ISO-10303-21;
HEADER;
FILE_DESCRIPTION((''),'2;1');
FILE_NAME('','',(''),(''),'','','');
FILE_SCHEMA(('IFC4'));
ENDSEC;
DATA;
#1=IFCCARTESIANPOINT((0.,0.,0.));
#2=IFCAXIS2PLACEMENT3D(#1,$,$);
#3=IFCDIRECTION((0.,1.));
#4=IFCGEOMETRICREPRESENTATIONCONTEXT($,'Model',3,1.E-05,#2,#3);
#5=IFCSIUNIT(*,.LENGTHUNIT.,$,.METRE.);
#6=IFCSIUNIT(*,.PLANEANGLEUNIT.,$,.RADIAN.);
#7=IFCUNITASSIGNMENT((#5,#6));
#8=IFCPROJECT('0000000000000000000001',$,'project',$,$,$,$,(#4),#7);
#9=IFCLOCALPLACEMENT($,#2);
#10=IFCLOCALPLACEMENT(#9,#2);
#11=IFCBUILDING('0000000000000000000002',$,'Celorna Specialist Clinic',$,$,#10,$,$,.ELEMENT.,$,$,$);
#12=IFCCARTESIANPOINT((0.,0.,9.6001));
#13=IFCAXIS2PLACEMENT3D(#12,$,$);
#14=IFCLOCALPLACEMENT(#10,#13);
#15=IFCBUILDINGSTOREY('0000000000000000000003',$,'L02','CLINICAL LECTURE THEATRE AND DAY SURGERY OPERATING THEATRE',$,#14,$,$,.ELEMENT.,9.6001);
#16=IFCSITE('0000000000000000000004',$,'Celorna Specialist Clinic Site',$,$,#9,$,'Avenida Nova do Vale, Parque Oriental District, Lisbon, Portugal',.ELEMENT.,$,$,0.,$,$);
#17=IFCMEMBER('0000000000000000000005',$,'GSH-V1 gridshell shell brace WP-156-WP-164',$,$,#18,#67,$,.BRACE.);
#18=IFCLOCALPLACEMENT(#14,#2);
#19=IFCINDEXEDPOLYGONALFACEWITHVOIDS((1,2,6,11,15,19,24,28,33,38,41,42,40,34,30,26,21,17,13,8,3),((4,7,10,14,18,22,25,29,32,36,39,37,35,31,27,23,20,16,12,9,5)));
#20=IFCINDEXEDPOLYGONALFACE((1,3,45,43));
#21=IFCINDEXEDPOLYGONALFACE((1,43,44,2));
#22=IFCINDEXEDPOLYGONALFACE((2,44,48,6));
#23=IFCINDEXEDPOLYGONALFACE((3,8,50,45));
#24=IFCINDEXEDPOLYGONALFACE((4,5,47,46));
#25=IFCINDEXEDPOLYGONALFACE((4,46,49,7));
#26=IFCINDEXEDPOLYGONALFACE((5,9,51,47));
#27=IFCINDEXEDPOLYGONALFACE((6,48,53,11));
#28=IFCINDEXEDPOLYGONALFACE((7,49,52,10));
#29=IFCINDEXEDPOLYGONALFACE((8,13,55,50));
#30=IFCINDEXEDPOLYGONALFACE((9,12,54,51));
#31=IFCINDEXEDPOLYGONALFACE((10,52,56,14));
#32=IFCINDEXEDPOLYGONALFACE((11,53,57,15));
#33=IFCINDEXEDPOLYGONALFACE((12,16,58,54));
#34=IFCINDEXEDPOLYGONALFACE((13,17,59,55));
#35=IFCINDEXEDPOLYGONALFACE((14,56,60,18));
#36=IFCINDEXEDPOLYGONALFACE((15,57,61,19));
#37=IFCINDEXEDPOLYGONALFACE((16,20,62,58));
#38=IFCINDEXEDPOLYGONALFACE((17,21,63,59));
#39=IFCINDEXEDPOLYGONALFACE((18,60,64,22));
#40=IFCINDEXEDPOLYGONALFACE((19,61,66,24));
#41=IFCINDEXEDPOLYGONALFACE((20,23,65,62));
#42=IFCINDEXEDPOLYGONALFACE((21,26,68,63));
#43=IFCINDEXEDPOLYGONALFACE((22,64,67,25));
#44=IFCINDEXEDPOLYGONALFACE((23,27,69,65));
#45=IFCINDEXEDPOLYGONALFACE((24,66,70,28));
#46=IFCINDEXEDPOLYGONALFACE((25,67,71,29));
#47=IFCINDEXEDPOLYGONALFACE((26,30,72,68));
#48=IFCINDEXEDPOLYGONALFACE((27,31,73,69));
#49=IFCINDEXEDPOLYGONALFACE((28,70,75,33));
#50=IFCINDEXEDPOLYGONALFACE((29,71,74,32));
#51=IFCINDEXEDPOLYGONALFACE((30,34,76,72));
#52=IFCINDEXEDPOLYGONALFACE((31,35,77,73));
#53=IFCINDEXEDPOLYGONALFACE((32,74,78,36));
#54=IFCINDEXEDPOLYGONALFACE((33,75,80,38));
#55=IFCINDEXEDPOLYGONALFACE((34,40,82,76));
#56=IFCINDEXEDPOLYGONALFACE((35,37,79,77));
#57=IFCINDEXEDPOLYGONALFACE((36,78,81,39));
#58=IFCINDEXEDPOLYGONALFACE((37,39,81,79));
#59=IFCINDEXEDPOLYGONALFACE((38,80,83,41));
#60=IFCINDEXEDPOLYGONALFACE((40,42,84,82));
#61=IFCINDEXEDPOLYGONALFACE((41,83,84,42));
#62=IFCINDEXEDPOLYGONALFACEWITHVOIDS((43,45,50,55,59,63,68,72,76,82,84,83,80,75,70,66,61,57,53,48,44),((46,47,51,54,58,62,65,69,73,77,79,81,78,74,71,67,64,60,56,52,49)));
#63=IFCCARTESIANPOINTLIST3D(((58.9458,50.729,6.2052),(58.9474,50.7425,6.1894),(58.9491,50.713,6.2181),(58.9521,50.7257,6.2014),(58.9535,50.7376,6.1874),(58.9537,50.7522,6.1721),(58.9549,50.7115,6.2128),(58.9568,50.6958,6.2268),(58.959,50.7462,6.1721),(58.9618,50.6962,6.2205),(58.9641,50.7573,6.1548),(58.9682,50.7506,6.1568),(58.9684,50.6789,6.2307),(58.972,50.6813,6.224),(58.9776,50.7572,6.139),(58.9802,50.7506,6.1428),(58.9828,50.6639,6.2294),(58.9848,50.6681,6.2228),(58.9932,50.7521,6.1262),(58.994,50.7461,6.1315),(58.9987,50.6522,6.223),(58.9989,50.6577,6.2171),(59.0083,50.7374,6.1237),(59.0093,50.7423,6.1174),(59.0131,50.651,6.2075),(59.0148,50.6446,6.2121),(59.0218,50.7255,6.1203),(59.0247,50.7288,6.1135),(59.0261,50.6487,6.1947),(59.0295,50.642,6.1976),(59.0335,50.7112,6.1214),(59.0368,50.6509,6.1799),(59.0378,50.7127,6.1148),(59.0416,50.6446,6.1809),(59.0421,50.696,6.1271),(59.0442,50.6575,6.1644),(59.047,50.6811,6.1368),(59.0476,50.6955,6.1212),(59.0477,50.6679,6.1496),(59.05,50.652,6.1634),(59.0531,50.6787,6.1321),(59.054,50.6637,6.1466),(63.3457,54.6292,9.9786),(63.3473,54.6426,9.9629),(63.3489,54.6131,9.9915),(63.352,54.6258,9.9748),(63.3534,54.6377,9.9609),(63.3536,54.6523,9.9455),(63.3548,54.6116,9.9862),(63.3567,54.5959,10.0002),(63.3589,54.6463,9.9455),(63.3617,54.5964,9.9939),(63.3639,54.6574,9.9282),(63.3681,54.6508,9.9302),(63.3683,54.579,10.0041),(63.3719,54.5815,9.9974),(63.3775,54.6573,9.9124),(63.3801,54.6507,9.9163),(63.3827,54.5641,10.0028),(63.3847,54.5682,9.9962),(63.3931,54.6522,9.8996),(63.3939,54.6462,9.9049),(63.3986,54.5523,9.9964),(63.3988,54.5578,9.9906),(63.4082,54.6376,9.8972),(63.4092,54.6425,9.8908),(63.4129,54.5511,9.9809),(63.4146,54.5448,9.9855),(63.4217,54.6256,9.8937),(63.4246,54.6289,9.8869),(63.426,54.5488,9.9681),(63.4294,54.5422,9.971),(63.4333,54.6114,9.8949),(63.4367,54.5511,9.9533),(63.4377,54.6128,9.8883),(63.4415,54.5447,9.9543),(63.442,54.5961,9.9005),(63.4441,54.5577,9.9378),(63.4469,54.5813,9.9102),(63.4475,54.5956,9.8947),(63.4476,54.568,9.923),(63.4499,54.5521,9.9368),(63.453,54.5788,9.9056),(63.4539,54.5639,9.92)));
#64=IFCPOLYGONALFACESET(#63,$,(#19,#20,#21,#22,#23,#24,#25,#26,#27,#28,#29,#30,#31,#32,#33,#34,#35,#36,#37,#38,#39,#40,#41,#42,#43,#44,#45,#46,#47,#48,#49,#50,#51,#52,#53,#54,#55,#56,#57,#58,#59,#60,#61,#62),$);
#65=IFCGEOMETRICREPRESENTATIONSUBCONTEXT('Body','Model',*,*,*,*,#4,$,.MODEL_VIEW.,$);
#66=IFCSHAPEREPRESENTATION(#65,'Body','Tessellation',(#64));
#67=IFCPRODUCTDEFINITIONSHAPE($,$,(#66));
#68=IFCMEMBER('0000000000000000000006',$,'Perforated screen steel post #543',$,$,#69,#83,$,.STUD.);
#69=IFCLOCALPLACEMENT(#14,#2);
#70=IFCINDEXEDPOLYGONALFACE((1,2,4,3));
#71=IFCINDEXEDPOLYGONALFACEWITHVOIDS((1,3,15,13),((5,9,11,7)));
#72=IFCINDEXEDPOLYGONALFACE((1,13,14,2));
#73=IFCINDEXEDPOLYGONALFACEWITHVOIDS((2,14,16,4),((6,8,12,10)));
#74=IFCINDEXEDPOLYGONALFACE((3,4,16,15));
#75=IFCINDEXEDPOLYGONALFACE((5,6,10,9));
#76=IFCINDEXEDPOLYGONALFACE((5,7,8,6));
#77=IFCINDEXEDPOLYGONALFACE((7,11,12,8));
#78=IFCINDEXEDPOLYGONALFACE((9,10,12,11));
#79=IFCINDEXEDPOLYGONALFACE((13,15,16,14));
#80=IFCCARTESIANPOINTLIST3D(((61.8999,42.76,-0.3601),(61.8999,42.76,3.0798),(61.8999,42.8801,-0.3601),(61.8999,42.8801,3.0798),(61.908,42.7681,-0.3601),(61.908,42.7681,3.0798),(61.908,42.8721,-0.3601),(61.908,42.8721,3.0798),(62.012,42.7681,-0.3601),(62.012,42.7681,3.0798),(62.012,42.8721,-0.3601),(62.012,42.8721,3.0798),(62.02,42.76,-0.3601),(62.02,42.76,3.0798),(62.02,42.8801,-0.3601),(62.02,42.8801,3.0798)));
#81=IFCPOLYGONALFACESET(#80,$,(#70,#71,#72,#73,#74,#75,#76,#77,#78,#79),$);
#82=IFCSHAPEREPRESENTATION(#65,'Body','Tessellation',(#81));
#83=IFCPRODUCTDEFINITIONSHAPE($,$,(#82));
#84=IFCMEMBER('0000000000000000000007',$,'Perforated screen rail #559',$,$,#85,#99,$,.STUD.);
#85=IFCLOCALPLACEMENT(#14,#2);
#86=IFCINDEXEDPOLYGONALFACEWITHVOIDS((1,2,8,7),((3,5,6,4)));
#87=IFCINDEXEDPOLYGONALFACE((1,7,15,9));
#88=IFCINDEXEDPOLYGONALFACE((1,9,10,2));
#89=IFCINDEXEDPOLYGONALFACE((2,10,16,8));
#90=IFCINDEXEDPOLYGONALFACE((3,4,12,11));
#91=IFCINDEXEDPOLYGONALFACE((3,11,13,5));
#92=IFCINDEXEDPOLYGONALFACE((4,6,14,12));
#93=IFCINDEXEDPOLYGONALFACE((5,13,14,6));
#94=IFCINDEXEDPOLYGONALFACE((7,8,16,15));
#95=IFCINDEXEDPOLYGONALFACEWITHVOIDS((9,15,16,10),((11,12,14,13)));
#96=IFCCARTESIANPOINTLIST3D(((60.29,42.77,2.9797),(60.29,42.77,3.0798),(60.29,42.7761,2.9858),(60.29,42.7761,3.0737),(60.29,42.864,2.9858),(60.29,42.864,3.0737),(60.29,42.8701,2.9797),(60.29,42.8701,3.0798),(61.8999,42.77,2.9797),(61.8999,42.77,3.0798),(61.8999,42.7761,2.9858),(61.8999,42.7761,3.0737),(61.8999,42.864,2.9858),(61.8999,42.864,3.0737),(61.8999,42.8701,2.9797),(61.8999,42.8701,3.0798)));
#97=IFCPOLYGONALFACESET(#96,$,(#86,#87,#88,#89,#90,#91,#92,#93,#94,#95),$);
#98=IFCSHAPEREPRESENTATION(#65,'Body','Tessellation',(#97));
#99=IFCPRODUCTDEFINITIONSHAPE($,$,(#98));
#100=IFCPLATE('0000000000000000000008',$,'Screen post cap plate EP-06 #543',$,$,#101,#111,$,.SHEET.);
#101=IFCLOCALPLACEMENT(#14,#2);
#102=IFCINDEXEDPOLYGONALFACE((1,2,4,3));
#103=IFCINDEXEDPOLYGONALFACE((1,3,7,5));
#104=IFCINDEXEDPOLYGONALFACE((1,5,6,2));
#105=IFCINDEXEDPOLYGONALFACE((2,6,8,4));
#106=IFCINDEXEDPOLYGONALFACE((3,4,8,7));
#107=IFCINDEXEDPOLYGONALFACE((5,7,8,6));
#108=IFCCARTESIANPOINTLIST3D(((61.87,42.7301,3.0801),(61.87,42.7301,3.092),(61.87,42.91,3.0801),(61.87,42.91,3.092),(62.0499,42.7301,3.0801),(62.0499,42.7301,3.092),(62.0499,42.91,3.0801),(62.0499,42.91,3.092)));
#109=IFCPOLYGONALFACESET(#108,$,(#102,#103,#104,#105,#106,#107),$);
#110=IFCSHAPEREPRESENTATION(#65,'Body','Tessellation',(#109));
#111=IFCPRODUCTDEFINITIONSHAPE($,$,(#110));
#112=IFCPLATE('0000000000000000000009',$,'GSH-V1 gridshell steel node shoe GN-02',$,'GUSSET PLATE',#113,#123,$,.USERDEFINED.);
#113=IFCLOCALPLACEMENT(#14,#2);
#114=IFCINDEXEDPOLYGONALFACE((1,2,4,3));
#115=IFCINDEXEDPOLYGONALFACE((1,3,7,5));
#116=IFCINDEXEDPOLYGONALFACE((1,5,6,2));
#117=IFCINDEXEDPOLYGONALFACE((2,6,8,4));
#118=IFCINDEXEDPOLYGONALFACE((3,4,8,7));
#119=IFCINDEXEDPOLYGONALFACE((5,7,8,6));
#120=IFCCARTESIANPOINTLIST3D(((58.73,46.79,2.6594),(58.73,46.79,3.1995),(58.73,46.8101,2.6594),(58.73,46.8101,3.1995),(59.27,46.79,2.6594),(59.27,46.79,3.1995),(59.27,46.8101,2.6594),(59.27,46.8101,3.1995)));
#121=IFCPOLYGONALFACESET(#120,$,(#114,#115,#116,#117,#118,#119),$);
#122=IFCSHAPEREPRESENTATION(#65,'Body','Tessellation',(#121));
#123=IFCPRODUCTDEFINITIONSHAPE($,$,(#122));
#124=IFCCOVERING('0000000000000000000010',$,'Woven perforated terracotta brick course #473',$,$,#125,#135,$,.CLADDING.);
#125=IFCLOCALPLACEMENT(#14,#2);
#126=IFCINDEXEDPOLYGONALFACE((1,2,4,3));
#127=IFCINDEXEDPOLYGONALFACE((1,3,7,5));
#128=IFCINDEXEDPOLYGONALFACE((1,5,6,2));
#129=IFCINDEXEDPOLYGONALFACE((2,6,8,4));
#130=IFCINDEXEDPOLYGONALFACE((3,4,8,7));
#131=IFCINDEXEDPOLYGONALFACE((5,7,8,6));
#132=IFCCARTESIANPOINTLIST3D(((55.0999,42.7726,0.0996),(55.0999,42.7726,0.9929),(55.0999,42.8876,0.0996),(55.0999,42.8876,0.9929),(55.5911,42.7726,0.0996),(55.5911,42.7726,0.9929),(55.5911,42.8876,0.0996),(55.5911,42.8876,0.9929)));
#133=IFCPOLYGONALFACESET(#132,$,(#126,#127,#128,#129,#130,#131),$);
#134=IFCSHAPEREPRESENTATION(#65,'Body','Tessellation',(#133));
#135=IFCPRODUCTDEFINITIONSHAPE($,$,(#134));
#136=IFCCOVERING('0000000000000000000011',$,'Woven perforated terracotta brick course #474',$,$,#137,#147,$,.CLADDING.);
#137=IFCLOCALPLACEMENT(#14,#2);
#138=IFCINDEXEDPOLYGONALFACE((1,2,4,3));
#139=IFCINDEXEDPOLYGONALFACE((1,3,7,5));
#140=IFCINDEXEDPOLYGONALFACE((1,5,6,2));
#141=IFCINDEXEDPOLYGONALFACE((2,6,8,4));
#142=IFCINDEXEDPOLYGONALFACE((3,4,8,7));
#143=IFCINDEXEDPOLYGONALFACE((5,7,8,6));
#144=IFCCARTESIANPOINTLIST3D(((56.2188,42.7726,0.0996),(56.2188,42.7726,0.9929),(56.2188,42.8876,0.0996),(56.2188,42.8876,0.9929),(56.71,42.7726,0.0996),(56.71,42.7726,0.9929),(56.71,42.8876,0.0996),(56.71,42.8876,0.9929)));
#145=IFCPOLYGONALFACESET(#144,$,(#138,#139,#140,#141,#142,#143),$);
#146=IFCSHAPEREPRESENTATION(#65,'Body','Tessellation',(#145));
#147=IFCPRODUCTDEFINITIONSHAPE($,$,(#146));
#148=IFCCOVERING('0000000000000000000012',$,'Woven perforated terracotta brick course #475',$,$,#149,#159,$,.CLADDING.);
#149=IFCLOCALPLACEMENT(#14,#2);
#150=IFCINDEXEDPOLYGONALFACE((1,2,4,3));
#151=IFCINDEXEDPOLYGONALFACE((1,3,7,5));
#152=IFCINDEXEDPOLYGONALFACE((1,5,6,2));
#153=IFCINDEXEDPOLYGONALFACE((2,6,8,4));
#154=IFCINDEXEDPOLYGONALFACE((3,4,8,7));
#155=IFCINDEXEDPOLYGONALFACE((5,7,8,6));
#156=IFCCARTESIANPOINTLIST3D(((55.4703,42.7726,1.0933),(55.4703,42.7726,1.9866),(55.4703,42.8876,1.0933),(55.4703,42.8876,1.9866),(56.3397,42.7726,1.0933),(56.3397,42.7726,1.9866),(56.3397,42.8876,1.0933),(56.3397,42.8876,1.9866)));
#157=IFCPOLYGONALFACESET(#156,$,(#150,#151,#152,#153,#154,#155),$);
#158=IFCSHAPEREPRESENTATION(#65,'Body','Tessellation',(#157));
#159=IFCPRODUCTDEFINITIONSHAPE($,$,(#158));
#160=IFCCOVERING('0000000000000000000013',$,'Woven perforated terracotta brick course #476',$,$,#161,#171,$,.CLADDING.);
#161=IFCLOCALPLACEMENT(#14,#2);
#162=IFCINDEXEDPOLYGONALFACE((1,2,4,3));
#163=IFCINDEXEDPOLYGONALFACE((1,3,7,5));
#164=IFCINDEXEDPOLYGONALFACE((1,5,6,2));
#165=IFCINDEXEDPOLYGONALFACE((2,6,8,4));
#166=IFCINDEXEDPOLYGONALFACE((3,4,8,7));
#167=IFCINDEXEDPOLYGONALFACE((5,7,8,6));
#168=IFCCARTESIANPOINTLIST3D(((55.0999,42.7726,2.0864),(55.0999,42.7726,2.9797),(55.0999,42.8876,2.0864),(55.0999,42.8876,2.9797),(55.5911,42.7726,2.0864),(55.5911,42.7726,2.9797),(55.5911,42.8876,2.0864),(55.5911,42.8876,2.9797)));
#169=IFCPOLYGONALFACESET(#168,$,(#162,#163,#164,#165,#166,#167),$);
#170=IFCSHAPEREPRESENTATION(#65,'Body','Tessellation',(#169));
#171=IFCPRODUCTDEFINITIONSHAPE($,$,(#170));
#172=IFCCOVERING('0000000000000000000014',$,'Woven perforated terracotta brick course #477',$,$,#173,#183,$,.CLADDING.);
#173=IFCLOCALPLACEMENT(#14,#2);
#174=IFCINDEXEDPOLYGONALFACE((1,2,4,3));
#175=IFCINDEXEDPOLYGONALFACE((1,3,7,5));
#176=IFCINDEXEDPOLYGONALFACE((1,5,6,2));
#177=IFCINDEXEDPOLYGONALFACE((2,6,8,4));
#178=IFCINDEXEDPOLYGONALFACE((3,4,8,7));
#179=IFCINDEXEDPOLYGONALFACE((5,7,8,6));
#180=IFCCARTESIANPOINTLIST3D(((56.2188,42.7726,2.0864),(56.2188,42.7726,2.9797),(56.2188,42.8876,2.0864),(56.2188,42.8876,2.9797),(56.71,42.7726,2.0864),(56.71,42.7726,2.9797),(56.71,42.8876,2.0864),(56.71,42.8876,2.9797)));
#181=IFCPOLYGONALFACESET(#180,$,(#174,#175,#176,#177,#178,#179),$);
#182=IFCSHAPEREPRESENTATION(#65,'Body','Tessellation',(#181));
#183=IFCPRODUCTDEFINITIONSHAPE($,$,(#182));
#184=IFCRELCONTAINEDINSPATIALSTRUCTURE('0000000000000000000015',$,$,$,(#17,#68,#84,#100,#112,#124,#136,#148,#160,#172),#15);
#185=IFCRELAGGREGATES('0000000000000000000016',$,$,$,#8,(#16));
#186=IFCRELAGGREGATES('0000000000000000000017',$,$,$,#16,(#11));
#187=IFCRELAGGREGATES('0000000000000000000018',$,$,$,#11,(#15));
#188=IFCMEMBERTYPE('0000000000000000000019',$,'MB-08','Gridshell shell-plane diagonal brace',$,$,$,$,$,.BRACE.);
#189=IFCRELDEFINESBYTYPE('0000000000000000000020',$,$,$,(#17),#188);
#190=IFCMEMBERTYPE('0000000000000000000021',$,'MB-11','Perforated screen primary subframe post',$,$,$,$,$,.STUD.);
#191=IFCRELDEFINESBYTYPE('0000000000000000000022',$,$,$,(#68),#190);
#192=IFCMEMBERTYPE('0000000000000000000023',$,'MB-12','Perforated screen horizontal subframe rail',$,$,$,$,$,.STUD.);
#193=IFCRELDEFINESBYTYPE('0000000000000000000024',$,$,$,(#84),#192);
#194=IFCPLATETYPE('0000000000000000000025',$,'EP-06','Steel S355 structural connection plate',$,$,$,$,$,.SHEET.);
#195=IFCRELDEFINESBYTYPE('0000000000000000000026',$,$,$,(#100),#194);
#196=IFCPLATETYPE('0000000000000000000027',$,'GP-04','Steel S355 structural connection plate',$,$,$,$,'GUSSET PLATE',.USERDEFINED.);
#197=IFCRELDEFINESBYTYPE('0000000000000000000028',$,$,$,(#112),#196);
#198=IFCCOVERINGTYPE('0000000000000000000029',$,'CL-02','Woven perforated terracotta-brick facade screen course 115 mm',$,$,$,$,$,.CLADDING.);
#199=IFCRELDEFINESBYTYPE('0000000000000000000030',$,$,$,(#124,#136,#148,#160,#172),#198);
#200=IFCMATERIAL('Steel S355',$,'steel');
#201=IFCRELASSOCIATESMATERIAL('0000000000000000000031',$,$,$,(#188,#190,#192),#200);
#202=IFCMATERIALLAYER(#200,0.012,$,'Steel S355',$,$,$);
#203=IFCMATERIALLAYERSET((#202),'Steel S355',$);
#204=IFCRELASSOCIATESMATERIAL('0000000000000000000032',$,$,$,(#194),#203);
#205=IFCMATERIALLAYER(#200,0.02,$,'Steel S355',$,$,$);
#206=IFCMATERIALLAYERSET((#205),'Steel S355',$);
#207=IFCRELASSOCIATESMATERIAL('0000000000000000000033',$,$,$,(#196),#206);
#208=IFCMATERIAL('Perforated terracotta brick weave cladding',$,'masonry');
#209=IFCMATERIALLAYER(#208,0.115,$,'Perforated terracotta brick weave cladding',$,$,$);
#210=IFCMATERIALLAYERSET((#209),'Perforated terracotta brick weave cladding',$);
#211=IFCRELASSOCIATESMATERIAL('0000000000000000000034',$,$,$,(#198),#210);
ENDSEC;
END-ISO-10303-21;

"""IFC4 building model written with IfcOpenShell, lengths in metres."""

from ifc_helpers import new_model, si_unit, direction, frame, origin, origin_2d, place, context, subcontext, project, spatial, rectangle, hollow_rectangle, hollow_circle, extrude, material, layer, layer_set, material_profile, profile_set, type_object, element, save


model = new_model("IFC4")

# Units and contexts
model_context = context("Model", 3, precision=1e-05, world=origin(), true_north=direction((0.0, 1.0)))
body_context = subcontext(model_context, "Body", "Model", "MODEL_VIEW")
ifc_project = project(units=[si_unit("LENGTHUNIT", "METRE"), si_unit("PLANEANGLEUNIT", "RADIAN")], contexts=[model_context])

# Site, building, storey
site_placement = place(None, origin())
site = spatial("IfcSite", under=ifc_project, at=site_placement, Name="Celorna Specialist Clinic Site", LongName="Avenida Nova do Vale, Parque Oriental District, Lisbon, Portugal", CompositionType="ELEMENT", RefElevation=0.0)
building_placement = place(site_placement, origin())
building = spatial("IfcBuilding", under=site, at=building_placement, Name="Celorna Specialist Clinic", CompositionType="ELEMENT")
storey_placement = place(building_placement, frame((0.0, 0.0, 9.6001)))
storey = spatial("IfcBuildingStorey", under=building, at=storey_placement, Name="L02", Description="CLINICAL LECTURE THEATRE AND DAY SURGERY OPERATING THEATRE", CompositionType="ELEMENT", Elevation=9.6001)

# Shared definitions
ifc_material_1 = material(Name="Steel S355", Category="steel")

# Members
ifc_material_profile_1 = material_profile(ifc_material_1, hollow_circle(Radius=0.0698, WallThickness=0.0081, at=origin_2d()), Name="CHS 139.7x8")
ifc_profile_set_1 = profile_set([ifc_material_profile_1], Name="Steel S355")
member_type_1 = type_object("IfcMemberType", Name="MB-08", Description="Gridshell shell-plane diagonal brace", PredefinedType="BRACE", material=ifc_profile_set_1)
member_1_placement = place(storey_placement, frame((59.0, 50.7, 6.1721), z_axis=(0.629785, 0.558252, 0.540116), x_axis=(-0.66333, 0.748327, 0.0)))
element("IfcMember", 1, at=member_1_placement, inside=storey, type_object=member_type_1, Name="GSH-V1 gridshell shell brace WP-156-WP-164", PredefinedType="BRACE", context=body_context, shape_type="SweptSolid", body=[
    extrude(hollow_circle(Radius=0.0698, WallThickness=0.0081, at=origin_2d()), origin(), (0.0, 0.0, 1.0), 6.9863),
])
ifc_material_profile_2 = material_profile(ifc_material_1, hollow_rectangle(XDim=0.1201, YDim=0.1201, WallThickness=0.0081, at=origin_2d()), Name="SHS 120x120x8")
ifc_profile_set_2 = profile_set([ifc_material_profile_2], Name="Steel S355")
member_type_2 = type_object("IfcMemberType", Name="MB-11", Description="Perforated screen primary subframe post", PredefinedType="STUD", material=ifc_profile_set_2)
member_2_placement = place(storey_placement, frame((61.96, 42.8201, -0.3601), z_axis=(0.0, 0.0, 1.0), x_axis=(1.0, 0.0, 0.0)))
element("IfcMember", 2, at=member_2_placement, inside=storey, type_object=member_type_2, Name="Perforated screen steel post #543", PredefinedType="STUD", context=body_context, shape_type="SweptSolid", body=[
    extrude(hollow_rectangle(XDim=0.1201, YDim=0.1201, WallThickness=0.0081, at=origin_2d()), origin(), (0.0, 0.0, 1.0), 3.4399),
])
ifc_material_profile_3 = material_profile(ifc_material_1, hollow_rectangle(XDim=0.1001, YDim=0.1001, WallThickness=0.0061, at=origin_2d()), Name="SHS 100x100x6")
ifc_profile_set_3 = profile_set([ifc_material_profile_3], Name="Steel S355")
member_type_3 = type_object("IfcMemberType", Name="MB-12", Description="Perforated screen horizontal subframe rail", PredefinedType="STUD", material=ifc_profile_set_3)
member_3_placement = place(storey_placement, frame((60.29, 42.8201, 3.0298), z_axis=(1.0, 0.0, 0.0), x_axis=(0.0, 1.0, 0.0)))
element("IfcMember", 3, at=member_3_placement, inside=storey, type_object=member_type_3, Name="Perforated screen rail #559", PredefinedType="STUD", context=body_context, shape_type="SweptSolid", body=[
    extrude(hollow_rectangle(XDim=0.1001, YDim=0.1001, WallThickness=0.0061, at=origin_2d()), origin(), (0.0, 0.0, 1.0), 1.6099),
])

# Plates
ifc_layer_1 = layer(ifc_material_1, 0.012, Name="Steel S355")
ifc_layer_set_1 = layer_set([ifc_layer_1], Name="Steel S355")
plate_type_1 = type_object("IfcPlateType", Name="EP-06", Description="Steel S355 structural connection plate", PredefinedType="SHEET", material=ifc_layer_set_1)
plate_1_placement = place(storey_placement, frame((61.96, 42.8201, 3.0801), z_axis=(0.0, 0.0, 1.0), x_axis=(1.0, 0.0, 0.0)))
element("IfcPlate", 4, at=plate_1_placement, inside=storey, type_object=plate_type_1, Name="Screen post cap plate EP-06 #543", PredefinedType="SHEET", context=body_context, shape_type="SweptSolid", body=[
    extrude(rectangle(XDim=0.1799, YDim=0.1799, at=origin_2d()), origin(), (0.0, 0.0, 1.0), 0.012),
])
ifc_layer_2 = layer(ifc_material_1, 0.02, Name="Steel S355")
ifc_layer_set_2 = layer_set([ifc_layer_2], Name="Steel S355")
plate_type_2 = type_object("IfcPlateType", Name="GP-04", Description="Steel S355 structural connection plate", ElementType="GUSSET PLATE", PredefinedType="USERDEFINED", material=ifc_layer_set_2)
plate_2_placement = place(storey_placement, frame((59.0, 46.8, 2.6594), z_axis=(0.0, 0.0, 1.0), x_axis=(1.0, 0.0, 0.0)))
element("IfcPlate", 5, at=plate_2_placement, inside=storey, type_object=plate_type_2, Name="GSH-V1 gridshell steel node shoe GN-02", ObjectType="GUSSET PLATE", PredefinedType="USERDEFINED", context=body_context, shape_type="SweptSolid", body=[
    extrude(rectangle(XDim=0.54, YDim=0.02, at=origin_2d()), origin(), (0.0, 0.0, 1.0), 0.54),
])

# Coverings
ifc_material_2 = material(Name="Perforated terracotta brick weave cladding", Category="masonry")
ifc_layer_3 = layer(ifc_material_2, 0.115, Name="Perforated terracotta brick weave cladding")
ifc_layer_set_3 = layer_set([ifc_layer_3], Name="Perforated terracotta brick weave cladding")
covering_type = type_object("IfcCoveringType", Name="CL-02", Description="Woven perforated terracotta-brick facade screen course 115 mm", PredefinedType="CLADDING", material=ifc_layer_set_3)
for number, where, z_axis, x_axis, name in (
    (6, (55.3455, 42.8301, 0.0996), (0.0, 0.0, 1.0), (1.0, 0.0, 0.0), "Woven perforated terracotta brick course #473"),
    (7, (56.4644, 42.8301, 0.0996), (0.0, 0.0, 1.0), (1.0, 0.0, 0.0), "Woven perforated terracotta brick course #474"),
):
    element("IfcCovering", number, at=place(storey_placement, frame(where, z_axis=z_axis, x_axis=x_axis)), inside=storey, type_object=covering_type, Name=name, PredefinedType="CLADDING", context=body_context, shape_type="SweptSolid", body=[
        extrude(rectangle(XDim=0.4912, YDim=0.115, at=origin_2d()), origin(), (0.0, 0.0, 1.0), 0.8933),
    ])
covering_1_placement = place(storey_placement, frame((55.905, 42.8301, 1.0933), z_axis=(0.0, 0.0, 1.0), x_axis=(1.0, 0.0, 0.0)))
element("IfcCovering", 8, at=covering_1_placement, inside=storey, type_object=covering_type, Name="Woven perforated terracotta brick course #475", PredefinedType="CLADDING", context=body_context, shape_type="SweptSolid", body=[
    extrude(rectangle(XDim=0.8694, YDim=0.115, at=origin_2d()), origin(), (0.0, 0.0, 1.0), 0.8933),
])
for number, where, z_axis, x_axis, name in (
    (9, (55.3455, 42.8301, 2.0864), (0.0, 0.0, 1.0), (1.0, 0.0, 0.0), "Woven perforated terracotta brick course #476"),
    (10, (56.4644, 42.8301, 2.0864), (0.0, 0.0, 1.0), (1.0, 0.0, 0.0), "Woven perforated terracotta brick course #477"),
):
    element("IfcCovering", number, at=place(storey_placement, frame(where, z_axis=z_axis, x_axis=x_axis)), inside=storey, type_object=covering_type, Name=name, PredefinedType="CLADDING", context=body_context, shape_type="SweptSolid", body=[
        extrude(rectangle(XDim=0.4912, YDim=0.115, at=origin_2d()), origin(), (0.0, 0.0, 1.0), 0.8933),
    ])

save(model, "model.ifc")
